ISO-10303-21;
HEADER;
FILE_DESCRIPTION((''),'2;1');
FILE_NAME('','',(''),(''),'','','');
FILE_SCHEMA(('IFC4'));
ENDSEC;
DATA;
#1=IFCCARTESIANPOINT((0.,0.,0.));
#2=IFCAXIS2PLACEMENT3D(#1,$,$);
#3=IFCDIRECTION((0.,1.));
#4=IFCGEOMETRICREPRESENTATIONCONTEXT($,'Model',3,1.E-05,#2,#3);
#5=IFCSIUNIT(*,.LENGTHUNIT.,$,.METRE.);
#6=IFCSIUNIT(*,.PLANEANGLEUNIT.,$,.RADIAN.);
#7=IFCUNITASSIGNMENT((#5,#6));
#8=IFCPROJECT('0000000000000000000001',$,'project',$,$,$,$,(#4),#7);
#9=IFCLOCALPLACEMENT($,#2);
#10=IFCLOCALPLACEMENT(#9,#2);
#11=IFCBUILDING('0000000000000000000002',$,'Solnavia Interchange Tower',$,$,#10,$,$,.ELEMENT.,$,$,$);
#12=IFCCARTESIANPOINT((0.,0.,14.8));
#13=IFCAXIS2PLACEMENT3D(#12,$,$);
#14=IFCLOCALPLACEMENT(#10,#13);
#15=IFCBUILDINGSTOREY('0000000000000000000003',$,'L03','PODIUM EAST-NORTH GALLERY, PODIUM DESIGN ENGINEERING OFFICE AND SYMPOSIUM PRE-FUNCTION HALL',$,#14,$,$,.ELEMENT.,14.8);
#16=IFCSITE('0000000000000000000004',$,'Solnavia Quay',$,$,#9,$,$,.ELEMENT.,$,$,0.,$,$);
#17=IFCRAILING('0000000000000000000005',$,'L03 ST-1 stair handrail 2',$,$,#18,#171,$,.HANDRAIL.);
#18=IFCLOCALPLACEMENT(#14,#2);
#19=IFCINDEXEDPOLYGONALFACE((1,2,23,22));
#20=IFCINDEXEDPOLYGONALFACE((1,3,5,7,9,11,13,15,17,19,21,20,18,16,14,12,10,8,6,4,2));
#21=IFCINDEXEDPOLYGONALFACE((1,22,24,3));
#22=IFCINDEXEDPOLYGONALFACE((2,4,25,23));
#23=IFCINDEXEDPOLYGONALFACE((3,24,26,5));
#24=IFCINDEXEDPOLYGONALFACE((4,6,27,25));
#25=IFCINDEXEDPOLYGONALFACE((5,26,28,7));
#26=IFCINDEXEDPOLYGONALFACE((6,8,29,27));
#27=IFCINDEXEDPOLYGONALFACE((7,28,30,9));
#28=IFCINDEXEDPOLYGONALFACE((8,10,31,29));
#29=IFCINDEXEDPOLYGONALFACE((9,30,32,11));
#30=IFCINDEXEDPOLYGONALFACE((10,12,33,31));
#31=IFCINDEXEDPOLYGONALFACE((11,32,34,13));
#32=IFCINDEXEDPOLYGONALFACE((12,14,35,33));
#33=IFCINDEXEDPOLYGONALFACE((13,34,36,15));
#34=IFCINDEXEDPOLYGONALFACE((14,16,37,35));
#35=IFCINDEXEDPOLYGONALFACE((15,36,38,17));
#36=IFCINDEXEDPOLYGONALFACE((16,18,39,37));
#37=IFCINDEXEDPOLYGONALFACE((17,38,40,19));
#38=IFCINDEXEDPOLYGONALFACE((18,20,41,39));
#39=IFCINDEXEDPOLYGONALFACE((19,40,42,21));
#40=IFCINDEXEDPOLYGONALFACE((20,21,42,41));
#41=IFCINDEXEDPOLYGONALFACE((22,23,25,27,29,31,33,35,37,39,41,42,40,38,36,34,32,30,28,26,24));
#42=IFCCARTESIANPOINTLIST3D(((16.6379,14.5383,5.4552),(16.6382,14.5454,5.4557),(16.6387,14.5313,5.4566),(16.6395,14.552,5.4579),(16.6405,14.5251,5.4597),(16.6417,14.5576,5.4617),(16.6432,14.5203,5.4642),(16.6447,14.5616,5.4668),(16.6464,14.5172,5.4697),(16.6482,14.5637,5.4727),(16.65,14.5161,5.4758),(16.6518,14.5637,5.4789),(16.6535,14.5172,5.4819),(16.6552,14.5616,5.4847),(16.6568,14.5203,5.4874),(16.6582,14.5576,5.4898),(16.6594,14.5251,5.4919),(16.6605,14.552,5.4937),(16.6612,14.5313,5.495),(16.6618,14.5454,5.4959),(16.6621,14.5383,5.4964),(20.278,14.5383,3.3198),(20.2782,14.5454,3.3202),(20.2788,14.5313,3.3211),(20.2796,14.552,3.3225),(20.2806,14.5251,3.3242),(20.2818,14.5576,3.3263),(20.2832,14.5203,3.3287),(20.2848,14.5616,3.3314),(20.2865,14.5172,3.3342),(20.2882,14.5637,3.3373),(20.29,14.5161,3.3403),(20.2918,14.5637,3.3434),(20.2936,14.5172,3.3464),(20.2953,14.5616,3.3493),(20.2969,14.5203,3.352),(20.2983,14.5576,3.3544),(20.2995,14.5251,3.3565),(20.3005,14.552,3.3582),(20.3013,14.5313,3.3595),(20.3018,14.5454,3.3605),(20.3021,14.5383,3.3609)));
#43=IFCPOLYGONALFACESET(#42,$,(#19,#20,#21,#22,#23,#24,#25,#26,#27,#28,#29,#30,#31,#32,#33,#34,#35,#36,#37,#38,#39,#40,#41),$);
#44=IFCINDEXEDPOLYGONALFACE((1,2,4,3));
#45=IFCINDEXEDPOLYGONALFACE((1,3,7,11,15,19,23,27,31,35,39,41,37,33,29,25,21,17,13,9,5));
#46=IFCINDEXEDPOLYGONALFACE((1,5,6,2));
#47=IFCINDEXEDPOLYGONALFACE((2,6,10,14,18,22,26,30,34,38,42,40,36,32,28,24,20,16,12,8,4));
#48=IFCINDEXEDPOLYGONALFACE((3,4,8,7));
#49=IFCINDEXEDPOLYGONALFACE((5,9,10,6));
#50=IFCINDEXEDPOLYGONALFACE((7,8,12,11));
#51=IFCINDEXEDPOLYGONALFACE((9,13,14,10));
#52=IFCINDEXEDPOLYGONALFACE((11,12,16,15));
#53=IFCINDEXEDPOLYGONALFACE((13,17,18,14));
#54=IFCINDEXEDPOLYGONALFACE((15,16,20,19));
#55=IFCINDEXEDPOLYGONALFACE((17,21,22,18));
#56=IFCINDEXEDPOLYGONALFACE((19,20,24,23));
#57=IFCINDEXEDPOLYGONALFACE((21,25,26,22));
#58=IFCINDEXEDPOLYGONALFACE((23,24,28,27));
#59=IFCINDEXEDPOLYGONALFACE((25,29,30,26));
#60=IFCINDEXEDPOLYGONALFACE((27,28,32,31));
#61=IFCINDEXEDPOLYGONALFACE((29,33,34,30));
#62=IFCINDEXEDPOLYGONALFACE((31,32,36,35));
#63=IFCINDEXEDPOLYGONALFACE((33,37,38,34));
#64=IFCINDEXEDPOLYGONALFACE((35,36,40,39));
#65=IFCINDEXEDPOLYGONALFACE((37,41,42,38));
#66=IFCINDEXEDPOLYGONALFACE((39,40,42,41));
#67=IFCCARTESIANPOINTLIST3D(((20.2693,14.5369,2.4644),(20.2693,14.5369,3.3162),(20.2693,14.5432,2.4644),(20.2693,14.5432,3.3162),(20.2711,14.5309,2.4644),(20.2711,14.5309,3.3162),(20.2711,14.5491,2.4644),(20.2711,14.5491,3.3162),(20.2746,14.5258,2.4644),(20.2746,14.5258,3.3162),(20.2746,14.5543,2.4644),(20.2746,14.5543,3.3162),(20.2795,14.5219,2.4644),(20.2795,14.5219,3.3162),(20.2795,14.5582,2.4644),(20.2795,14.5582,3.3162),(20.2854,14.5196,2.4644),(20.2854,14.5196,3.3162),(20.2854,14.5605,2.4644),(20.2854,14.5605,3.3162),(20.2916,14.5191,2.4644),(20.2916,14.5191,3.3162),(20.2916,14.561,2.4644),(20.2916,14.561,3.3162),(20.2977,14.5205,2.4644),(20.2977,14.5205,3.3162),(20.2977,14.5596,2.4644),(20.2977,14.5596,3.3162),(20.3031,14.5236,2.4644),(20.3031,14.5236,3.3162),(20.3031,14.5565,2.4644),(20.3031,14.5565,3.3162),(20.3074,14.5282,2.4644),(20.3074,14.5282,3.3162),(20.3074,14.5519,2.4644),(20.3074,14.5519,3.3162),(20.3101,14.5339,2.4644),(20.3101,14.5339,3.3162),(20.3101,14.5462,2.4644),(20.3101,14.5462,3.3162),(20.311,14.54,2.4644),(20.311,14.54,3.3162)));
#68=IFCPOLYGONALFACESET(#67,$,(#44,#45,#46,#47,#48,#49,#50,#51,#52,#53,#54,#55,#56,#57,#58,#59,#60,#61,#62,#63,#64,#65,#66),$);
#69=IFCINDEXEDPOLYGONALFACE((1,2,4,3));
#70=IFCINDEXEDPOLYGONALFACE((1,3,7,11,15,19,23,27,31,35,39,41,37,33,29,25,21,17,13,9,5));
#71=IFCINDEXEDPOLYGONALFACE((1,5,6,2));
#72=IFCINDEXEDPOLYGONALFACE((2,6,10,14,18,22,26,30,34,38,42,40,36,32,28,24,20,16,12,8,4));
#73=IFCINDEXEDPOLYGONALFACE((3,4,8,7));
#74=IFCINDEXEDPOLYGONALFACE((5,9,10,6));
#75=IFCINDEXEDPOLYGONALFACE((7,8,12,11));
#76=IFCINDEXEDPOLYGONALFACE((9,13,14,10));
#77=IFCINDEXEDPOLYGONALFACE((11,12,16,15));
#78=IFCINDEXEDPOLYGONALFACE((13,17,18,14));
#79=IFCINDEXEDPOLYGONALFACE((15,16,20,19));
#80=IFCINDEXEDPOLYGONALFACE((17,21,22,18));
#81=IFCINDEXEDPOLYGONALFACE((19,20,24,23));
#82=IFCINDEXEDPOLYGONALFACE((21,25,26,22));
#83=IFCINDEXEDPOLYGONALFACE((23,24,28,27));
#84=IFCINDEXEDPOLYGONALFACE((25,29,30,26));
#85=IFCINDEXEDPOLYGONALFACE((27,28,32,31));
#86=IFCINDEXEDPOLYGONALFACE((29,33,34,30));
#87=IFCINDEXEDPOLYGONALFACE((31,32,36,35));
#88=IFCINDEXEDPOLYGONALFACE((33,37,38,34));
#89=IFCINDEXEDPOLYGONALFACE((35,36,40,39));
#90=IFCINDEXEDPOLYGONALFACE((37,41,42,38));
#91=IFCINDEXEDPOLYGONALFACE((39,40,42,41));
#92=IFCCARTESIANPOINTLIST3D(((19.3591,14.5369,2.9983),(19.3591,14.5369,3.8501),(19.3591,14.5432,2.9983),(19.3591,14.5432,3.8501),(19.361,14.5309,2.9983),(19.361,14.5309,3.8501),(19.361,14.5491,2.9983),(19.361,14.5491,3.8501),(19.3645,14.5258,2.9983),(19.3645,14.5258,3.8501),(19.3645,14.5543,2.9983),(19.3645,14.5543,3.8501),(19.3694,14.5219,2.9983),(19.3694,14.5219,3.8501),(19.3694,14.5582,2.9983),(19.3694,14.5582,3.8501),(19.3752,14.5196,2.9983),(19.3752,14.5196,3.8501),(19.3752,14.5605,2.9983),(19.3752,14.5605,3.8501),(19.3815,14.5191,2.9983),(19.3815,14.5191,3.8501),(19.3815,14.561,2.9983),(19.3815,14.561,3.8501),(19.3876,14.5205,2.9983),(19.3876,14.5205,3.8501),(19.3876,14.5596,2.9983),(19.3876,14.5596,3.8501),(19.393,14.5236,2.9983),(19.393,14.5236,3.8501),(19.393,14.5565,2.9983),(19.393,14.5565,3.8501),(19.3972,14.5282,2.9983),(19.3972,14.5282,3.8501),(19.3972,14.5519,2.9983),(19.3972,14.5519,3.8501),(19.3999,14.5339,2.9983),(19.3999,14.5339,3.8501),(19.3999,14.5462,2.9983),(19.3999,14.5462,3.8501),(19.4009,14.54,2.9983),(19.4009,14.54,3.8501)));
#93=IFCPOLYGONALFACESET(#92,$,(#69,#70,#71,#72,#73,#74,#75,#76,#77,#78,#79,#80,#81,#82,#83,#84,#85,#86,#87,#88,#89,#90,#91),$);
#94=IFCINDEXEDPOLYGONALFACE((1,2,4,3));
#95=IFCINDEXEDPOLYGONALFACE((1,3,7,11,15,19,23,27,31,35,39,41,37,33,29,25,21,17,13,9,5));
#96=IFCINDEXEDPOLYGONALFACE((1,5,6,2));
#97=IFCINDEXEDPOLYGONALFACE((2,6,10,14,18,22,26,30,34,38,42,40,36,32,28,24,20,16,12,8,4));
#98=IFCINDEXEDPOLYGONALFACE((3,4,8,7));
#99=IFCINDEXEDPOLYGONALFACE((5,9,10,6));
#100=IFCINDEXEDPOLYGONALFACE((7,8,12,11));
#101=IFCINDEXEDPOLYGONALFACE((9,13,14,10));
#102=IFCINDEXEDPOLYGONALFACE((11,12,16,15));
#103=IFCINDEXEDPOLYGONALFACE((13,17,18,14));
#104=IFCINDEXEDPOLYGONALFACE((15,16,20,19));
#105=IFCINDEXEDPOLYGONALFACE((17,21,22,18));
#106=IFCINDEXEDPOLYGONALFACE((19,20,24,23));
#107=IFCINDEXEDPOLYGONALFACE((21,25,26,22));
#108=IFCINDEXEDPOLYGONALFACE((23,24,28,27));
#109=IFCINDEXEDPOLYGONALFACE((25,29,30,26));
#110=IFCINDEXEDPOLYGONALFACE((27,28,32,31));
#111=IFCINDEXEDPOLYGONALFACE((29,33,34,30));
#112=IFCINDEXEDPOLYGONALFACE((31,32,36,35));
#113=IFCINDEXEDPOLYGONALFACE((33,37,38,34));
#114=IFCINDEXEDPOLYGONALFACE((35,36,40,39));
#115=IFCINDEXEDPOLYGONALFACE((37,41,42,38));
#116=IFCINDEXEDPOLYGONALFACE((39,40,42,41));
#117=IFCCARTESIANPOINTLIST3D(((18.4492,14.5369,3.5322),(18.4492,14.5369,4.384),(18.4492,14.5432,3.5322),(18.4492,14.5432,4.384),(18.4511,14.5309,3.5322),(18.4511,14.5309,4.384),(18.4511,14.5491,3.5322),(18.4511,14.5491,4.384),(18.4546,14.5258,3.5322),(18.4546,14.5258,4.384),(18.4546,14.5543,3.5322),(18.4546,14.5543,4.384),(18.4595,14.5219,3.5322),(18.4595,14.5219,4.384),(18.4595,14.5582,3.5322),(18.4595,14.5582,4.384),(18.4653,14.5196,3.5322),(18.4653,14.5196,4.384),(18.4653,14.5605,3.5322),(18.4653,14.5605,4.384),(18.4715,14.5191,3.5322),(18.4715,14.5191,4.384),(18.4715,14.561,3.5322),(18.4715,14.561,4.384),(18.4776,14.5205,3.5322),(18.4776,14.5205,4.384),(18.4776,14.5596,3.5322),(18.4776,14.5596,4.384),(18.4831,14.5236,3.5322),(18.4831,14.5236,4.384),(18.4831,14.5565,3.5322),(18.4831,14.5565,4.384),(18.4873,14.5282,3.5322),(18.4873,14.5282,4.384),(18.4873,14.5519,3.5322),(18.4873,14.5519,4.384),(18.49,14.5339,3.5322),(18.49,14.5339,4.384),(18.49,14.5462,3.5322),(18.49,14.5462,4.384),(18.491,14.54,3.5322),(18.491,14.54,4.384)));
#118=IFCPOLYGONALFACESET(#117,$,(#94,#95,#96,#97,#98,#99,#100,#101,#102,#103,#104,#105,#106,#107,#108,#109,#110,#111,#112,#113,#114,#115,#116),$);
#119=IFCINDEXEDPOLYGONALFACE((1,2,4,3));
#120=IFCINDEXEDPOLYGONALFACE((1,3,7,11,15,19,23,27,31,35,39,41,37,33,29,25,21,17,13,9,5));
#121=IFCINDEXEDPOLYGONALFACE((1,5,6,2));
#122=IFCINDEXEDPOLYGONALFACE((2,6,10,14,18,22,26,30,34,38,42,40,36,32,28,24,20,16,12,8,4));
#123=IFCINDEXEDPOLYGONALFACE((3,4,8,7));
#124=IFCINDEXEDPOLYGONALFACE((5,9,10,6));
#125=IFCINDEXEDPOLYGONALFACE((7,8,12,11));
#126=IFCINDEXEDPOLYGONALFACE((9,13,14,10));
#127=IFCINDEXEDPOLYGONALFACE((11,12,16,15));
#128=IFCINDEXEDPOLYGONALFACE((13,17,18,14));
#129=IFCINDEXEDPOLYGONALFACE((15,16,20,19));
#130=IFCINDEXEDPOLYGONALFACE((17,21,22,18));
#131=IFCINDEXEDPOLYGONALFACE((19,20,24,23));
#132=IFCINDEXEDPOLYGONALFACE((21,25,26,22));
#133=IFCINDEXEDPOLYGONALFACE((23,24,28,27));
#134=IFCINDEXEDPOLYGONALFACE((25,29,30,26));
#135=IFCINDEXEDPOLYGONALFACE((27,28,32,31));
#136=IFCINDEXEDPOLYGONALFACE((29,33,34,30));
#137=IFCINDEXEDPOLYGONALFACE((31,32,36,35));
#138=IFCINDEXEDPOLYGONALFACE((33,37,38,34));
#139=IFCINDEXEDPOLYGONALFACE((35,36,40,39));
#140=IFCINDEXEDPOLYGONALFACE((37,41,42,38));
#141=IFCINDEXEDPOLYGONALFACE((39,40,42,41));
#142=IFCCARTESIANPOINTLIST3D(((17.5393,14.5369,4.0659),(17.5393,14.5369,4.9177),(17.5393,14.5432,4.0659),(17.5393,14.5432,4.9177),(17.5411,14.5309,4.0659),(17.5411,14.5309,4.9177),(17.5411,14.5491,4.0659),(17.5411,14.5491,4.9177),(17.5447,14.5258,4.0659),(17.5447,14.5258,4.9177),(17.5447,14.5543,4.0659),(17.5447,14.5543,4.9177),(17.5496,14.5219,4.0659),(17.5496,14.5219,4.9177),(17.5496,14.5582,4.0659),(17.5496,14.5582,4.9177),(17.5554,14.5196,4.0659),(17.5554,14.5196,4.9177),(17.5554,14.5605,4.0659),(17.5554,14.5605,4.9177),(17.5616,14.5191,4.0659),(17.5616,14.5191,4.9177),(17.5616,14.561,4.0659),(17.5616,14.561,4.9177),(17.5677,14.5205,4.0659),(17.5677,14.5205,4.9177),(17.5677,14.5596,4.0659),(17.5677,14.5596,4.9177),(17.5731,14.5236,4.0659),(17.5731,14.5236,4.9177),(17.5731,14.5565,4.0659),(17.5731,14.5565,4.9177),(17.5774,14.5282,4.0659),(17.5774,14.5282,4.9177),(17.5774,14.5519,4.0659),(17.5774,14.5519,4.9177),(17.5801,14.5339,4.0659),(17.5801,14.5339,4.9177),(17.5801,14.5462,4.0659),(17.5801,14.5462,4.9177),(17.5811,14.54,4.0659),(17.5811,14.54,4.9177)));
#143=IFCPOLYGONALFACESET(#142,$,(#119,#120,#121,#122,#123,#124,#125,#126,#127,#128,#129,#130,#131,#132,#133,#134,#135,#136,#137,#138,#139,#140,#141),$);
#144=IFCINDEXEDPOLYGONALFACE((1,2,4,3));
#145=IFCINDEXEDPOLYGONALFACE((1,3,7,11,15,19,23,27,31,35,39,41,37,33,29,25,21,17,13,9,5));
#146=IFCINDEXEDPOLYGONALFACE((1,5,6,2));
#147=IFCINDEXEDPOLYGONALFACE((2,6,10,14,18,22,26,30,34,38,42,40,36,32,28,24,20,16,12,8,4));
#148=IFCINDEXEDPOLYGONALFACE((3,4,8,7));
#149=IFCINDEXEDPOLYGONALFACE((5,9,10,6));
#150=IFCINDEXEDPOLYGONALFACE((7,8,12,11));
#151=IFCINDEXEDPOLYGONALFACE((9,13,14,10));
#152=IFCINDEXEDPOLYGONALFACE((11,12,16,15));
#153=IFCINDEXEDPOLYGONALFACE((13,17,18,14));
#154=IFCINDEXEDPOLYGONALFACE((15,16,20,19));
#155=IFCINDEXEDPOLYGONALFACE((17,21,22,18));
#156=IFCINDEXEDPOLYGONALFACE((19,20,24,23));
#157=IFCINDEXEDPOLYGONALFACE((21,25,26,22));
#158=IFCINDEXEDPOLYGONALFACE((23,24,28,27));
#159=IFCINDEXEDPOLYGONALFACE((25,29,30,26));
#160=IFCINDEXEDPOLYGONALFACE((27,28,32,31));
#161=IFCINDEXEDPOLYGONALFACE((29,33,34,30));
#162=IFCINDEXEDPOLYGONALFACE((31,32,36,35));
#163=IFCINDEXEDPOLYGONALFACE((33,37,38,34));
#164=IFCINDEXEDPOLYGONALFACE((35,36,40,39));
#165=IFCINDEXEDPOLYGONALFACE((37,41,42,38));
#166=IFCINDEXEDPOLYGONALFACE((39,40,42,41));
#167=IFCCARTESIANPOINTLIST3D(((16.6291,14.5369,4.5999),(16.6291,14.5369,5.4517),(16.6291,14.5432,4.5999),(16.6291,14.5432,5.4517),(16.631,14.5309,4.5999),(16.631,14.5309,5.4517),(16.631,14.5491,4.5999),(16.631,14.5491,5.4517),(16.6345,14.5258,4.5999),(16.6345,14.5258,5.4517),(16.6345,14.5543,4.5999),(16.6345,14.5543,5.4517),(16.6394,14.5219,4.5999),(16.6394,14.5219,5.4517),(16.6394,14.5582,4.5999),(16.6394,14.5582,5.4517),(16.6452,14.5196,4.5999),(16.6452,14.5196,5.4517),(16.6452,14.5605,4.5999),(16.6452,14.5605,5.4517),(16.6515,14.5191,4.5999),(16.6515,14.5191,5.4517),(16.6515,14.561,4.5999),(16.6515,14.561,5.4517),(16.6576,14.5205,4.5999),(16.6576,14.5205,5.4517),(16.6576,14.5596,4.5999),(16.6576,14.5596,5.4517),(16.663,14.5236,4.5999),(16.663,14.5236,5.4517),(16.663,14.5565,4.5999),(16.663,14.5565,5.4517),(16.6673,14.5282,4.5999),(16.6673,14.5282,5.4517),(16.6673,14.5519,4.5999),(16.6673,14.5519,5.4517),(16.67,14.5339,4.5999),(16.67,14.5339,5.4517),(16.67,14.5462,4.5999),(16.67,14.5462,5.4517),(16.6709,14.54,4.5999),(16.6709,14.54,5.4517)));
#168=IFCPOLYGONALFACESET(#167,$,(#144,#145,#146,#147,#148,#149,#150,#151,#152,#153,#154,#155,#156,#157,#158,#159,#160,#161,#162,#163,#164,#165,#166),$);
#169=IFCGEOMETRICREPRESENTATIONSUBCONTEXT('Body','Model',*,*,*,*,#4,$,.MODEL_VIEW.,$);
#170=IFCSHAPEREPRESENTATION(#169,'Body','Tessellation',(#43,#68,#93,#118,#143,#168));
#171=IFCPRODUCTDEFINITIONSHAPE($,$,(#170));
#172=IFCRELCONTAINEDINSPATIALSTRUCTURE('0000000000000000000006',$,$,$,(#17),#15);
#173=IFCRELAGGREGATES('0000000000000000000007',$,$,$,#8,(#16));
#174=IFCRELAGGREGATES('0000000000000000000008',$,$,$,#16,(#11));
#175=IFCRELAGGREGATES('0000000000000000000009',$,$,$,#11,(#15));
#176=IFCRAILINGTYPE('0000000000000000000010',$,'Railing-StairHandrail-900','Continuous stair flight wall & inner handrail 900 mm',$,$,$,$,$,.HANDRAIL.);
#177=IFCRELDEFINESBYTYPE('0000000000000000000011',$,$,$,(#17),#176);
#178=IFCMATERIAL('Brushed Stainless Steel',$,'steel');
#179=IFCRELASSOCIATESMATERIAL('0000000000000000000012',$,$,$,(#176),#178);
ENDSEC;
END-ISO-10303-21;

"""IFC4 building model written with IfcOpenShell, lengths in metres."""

from ifc_helpers import new_model, si_unit, direction, frame, origin, origin_2d, place, context, subcontext, project, spatial, circle, extrude, material, type_object, element, save


model = new_model("IFC4")

# Units and contexts
model_context = context("Model", 3, precision=1e-05, world=origin(), true_north=direction((0.0, 1.0)))
body_context = subcontext(model_context, "Body", "Model", "MODEL_VIEW")
ifc_project = project(units=[si_unit("LENGTHUNIT", "METRE"), si_unit("PLANEANGLEUNIT", "RADIAN")], contexts=[model_context])

# Site, building, storey
site_placement = place(None, origin())
site = spatial("IfcSite", under=ifc_project, at=site_placement, Name="Solnavia Quay", CompositionType="ELEMENT", RefElevation=0.0)
building_placement = place(site_placement, origin())
building = spatial("IfcBuilding", under=site, at=building_placement, Name="Solnavia Interchange Tower", CompositionType="ELEMENT")
storey_placement = place(building_placement, frame((0.0, 0.0, 14.8)))
storey = spatial("IfcBuildingStorey", under=building, at=storey_placement, Name="L03", Description="PODIUM EAST-NORTH GALLERY, PODIUM DESIGN ENGINEERING OFFICE AND SYMPOSIUM PRE-FUNCTION HALL", CompositionType="ELEMENT", Elevation=14.8)

# Railing
ifc_material_1 = material(Name="Brushed Stainless Steel", Category="steel")
railing_type_1 = type_object("IfcRailingType", Name="Railing-StairHandrail-900", Description="Continuous stair flight wall & inner handrail 900 mm", PredefinedType="HANDRAIL", material=ifc_material_1)
railing_1_placement = place(storey_placement, frame((20.29, 14.54, 2.4644)))
element("IfcRailing", 1, at=railing_1_placement, inside=storey, type_object=railing_type_1, Name="L03 ST-1 stair handrail 2", PredefinedType="HANDRAIL", context=body_context, shape_type="SweptSolid", body=[
    extrude(circle(Radius=0.0239, at=origin_2d()), frame((0.0, 0.0, 0.876), z_axis=(-0.86253, 0.0, 0.506006), x_axis=(0.0, -1.0, 0.0)), (0.0, 0.0, 1.0), 4.2202),
    extrude(circle(Radius=0.021, at=origin_2d()), origin(), (0.0, 0.0, 1.0), 0.8518),
    extrude(circle(Radius=0.021, at=origin_2d()), frame((-0.9102, 0.0, 0.5339)), (0.0, 0.0, 1.0), 0.8518),
    extrude(circle(Radius=0.021, at=origin_2d()), frame((-1.8201, 0.0, 1.0679)), (0.0, 0.0, 1.0), 0.8518),
    extrude(circle(Radius=0.021, at=origin_2d()), frame((-2.73, 0.0, 1.6016)), (0.0, 0.0, 1.0), 0.8518),
    extrude(circle(Radius=0.021, at=origin_2d()), frame((-3.6401, 0.0, 2.1355)), (0.0, 0.0, 1.0), 0.8518),
])

save(model, "model.ifc")
